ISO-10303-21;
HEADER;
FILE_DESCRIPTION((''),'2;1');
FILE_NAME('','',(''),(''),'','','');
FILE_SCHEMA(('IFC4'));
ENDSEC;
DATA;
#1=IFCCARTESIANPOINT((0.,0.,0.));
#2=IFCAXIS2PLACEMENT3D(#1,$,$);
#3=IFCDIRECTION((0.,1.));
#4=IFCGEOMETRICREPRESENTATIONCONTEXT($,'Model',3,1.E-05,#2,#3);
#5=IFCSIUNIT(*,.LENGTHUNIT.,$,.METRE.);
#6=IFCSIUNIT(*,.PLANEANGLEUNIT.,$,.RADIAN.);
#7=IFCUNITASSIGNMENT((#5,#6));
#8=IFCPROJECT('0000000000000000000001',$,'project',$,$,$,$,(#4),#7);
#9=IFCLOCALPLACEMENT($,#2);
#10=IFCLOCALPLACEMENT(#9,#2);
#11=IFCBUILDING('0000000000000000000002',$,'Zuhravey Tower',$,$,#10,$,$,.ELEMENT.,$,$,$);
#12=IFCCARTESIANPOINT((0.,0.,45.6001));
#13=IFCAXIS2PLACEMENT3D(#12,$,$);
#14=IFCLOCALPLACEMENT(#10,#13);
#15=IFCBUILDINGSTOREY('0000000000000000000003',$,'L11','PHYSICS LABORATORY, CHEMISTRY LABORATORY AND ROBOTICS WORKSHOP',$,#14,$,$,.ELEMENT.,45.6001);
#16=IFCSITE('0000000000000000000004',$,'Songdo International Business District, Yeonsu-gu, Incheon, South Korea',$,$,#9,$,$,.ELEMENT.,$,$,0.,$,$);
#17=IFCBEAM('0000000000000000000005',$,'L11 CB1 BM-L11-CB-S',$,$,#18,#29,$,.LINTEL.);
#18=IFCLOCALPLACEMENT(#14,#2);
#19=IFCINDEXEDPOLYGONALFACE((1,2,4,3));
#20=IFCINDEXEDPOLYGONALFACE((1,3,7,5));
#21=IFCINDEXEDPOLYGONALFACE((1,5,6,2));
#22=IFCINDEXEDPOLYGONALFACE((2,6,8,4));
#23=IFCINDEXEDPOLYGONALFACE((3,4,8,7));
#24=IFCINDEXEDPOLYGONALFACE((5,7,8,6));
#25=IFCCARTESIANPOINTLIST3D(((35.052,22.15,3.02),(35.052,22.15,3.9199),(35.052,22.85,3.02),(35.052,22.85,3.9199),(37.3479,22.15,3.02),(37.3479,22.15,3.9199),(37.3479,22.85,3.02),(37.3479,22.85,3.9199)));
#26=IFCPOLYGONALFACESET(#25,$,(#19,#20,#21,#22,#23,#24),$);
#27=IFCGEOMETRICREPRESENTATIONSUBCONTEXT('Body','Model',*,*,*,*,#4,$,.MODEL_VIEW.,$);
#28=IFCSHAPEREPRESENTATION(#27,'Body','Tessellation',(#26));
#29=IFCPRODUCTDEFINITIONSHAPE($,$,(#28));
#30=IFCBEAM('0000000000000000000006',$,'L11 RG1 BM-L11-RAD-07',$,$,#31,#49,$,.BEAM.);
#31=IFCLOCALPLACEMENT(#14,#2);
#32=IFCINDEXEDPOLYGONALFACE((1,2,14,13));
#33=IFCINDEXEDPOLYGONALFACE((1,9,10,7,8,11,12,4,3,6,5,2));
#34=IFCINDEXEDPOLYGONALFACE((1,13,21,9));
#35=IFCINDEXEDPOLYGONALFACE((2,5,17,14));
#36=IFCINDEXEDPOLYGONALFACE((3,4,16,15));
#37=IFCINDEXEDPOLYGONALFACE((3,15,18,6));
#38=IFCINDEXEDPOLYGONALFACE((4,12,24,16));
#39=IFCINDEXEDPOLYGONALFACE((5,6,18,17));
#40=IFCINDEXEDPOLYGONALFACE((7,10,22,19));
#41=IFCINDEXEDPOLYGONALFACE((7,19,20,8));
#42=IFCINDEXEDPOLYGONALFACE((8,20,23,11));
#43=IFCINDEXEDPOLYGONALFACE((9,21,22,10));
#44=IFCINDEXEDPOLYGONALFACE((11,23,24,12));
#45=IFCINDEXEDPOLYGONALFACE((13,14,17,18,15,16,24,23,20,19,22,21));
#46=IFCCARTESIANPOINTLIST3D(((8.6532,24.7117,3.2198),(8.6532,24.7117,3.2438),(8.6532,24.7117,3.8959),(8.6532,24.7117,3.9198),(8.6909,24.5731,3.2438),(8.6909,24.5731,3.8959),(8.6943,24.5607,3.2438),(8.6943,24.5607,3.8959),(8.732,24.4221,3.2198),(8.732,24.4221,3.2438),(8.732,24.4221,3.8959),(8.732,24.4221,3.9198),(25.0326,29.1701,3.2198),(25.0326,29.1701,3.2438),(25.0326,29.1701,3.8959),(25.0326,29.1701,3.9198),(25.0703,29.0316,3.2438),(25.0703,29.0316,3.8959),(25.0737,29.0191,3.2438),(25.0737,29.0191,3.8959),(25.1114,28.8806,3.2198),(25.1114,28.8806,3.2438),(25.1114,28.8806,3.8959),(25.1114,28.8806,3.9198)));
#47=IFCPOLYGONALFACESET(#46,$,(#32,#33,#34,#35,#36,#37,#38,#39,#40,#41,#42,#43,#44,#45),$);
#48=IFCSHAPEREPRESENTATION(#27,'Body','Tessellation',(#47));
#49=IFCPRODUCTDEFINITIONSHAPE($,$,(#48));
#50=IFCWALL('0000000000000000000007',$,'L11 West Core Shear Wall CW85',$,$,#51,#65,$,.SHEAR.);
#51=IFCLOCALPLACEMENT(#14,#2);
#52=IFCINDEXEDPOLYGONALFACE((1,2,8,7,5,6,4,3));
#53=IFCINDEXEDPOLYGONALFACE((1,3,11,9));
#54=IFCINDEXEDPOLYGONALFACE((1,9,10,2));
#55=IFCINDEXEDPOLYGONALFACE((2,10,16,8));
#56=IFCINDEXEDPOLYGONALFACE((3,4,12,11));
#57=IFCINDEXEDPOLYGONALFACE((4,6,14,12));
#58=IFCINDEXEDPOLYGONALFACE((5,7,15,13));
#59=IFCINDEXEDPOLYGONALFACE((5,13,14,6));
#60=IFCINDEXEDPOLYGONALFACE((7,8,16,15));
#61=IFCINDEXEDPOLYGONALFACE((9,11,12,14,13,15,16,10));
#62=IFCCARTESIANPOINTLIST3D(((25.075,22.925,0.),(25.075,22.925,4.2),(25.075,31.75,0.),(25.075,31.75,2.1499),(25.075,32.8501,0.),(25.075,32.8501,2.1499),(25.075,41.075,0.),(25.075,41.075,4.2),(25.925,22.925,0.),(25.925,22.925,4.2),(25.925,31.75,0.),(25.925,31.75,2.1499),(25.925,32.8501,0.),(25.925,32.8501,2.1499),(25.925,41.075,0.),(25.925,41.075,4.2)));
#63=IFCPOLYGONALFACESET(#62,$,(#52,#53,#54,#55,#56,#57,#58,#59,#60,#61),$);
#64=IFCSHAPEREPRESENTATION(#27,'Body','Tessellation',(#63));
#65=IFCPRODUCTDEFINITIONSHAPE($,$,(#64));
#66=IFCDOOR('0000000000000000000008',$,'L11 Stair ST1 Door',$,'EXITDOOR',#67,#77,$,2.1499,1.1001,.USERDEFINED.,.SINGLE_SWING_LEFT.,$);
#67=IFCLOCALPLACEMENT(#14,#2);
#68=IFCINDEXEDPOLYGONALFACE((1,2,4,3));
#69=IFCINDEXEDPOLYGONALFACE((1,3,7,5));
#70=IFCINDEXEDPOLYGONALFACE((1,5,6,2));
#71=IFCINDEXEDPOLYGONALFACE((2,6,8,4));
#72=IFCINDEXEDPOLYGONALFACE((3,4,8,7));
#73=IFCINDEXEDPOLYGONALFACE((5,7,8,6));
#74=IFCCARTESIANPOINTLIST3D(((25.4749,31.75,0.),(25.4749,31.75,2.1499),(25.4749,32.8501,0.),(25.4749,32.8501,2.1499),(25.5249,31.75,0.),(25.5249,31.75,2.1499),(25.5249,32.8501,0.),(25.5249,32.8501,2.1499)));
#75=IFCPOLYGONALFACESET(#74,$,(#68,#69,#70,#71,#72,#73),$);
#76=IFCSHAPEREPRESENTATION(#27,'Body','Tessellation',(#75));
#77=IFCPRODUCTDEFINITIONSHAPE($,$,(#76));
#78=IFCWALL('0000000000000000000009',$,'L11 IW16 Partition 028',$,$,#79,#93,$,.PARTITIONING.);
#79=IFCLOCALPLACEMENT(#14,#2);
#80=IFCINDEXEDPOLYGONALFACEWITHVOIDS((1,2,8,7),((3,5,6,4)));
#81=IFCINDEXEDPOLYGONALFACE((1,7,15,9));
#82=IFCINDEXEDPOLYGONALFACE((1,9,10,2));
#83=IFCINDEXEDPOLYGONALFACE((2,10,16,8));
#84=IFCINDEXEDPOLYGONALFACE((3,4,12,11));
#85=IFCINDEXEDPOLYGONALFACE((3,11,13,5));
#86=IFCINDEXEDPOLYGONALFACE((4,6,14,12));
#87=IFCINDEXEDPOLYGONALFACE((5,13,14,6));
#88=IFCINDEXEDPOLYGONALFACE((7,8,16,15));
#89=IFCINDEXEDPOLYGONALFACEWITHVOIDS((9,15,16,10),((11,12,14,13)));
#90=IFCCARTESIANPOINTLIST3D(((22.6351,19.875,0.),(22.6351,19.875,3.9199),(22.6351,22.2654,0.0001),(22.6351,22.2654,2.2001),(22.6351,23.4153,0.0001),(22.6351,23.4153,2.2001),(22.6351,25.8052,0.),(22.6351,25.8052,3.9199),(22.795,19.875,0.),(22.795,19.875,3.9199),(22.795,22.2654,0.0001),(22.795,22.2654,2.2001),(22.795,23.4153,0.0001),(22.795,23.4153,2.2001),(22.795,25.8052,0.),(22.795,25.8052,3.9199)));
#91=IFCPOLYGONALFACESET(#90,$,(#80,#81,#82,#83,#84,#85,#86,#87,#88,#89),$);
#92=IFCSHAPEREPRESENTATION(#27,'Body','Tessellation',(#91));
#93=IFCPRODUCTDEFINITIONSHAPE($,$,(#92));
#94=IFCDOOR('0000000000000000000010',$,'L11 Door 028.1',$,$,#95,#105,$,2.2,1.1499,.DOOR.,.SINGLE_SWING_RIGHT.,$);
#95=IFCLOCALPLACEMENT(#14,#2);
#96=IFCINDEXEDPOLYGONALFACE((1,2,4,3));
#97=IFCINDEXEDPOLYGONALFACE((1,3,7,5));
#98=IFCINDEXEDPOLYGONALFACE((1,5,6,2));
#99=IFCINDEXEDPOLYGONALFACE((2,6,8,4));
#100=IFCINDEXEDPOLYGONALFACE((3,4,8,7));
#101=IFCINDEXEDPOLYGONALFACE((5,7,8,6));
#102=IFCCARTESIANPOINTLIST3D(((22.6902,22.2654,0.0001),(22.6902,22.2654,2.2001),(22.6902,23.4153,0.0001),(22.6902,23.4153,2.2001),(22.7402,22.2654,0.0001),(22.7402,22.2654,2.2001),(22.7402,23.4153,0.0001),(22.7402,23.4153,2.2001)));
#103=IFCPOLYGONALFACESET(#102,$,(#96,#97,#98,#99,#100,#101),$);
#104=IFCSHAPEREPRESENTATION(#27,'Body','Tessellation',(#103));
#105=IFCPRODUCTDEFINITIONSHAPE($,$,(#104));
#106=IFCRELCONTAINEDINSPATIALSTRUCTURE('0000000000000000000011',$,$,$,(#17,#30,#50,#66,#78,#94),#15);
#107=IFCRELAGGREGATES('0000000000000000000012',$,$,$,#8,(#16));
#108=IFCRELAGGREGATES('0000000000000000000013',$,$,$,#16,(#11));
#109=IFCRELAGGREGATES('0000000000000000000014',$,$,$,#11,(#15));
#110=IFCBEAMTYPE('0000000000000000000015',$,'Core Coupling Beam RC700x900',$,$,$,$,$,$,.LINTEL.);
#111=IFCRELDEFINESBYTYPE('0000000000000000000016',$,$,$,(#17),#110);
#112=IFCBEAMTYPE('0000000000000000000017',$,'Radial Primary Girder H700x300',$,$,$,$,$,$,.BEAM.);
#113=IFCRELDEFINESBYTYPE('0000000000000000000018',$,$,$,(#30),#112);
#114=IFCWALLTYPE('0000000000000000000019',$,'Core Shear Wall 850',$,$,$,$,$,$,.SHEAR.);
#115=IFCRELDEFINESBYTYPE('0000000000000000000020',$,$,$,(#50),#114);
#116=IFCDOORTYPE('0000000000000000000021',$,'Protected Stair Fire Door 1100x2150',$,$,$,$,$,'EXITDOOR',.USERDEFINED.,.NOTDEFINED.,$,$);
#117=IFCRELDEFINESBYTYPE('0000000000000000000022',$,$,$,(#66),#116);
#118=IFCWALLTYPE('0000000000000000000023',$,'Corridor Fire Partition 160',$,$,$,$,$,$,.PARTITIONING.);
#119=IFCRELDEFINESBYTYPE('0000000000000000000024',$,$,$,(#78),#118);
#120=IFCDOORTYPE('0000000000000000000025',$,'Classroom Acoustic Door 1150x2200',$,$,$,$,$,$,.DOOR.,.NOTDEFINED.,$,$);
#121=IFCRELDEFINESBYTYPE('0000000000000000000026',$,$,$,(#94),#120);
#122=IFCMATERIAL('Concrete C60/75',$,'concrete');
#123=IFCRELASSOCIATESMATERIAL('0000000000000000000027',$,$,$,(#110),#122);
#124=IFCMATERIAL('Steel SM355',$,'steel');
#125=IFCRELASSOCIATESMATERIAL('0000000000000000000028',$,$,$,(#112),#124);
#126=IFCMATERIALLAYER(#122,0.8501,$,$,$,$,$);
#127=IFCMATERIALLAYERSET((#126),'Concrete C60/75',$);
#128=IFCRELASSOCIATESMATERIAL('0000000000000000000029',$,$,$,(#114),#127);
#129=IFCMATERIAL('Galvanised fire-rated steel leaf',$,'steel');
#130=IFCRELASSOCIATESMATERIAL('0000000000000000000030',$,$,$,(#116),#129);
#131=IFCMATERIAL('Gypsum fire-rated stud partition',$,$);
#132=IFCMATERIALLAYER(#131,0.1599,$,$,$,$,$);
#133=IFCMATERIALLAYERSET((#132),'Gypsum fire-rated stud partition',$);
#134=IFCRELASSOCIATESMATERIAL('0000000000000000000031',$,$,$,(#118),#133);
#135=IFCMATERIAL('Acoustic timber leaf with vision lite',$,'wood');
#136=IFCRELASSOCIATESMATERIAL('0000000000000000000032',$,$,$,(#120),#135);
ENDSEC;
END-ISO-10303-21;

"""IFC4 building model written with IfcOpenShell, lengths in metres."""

from ifc_helpers import new_model, si_unit, direction, frame, frame_2d, origin, origin_2d, place, context, subcontext, project, spatial, rectangle, i_section, extrude, material, layer, layer_set, material_profile, profile_set, type_object, element, fill, save


model = new_model("IFC4")

# Units and contexts
model_context = context("Model", 3, precision=1e-05, world=origin(), true_north=direction((0.0, 1.0)))
body_context = subcontext(model_context, "Body", "Model", "MODEL_VIEW")
ifc_project = project(units=[si_unit("LENGTHUNIT", "METRE"), si_unit("PLANEANGLEUNIT", "RADIAN")], contexts=[model_context])

# Site, building, storey
site_placement = place(None, origin())
site = spatial("IfcSite", under=ifc_project, at=site_placement, Name="Songdo International Business District, Yeonsu-gu, Incheon, South Korea", CompositionType="ELEMENT", RefElevation=0.0)
building_placement = place(site_placement, origin())
building = spatial("IfcBuilding", under=site, at=building_placement, Name="Zuhravey Tower", CompositionType="ELEMENT")
storey_placement = place(building_placement, frame((0.0, 0.0, 45.6001)))
storey = spatial("IfcBuildingStorey", under=building, at=storey_placement, Name="L11", Description="PHYSICS LABORATORY, CHEMISTRY LABORATORY AND ROBOTICS WORKSHOP", CompositionType="ELEMENT", Elevation=45.6001)

# Beams
ifc_material_1 = material(Name="Concrete C60/75", Category="concrete")
ifc_material_profile_1 = material_profile(ifc_material_1, rectangle(XDim=0.7, YDim=0.8999, at=origin_2d()), Name="RC-700x900")
ifc_profile_set_1 = profile_set([ifc_material_profile_1], Name="Concrete C60/75")
beam_type_1 = type_object("IfcBeamType", Name="Core Coupling Beam RC700x900", PredefinedType="LINTEL", material=ifc_profile_set_1)
beam_1_placement = place(storey_placement, frame((35.052, 22.5, 3.47), z_axis=(1.0, 0.0, 0.0), x_axis=(0.0, 1.0, 0.0)))
element("IfcBeam", 1, at=beam_1_placement, inside=storey, type_object=beam_type_1, Name="L11 CB1 BM-L11-CB-S", PredefinedType="LINTEL", context=body_context, shape_type="SweptSolid", body=[
    extrude(rectangle(XDim=0.7, YDim=0.8999, at=origin_2d()), origin(), (0.0, 0.0, 1.0), 2.2959),
])
ifc_material_2 = material(Name="Steel SM355", Category="steel")
ifc_material_profile_2 = material_profile(ifc_material_2, i_section(OverallWidth=0.3, OverallDepth=0.7, WebThickness=0.0129, FlangeThickness=0.0239, at=origin_2d()), Name="H-700x300x13x24")
ifc_profile_set_2 = profile_set([ifc_material_profile_2], Name="Steel SM355")
beam_type_2 = type_object("IfcBeamType", Name="Radial Primary Girder H700x300", PredefinedType="BEAM", material=ifc_profile_set_2)
beam_2_placement = place(storey_placement, frame((25.072, 29.0254, 3.5698), z_axis=(-0.964892, -0.262645, 0.0), x_axis=(0.262645, -0.964892, 0.0)))
element("IfcBeam", 2, at=beam_2_placement, inside=storey, type_object=beam_type_2, Name="L11 RG1 BM-L11-RAD-07", PredefinedType="BEAM", context=body_context, shape_type="SweptSolid", body=[
    extrude(i_section(OverallWidth=0.3, OverallDepth=0.7, WebThickness=0.0129, FlangeThickness=0.0239, at=origin_2d()), origin(), (0.0, 0.0, 1.0), 16.9753),
])

# Walls, openings, doors
ifc_layer_1 = layer(ifc_material_1, 0.8501)
ifc_layer_set_1 = layer_set([ifc_layer_1], Name="Concrete C60/75")
wall_type_1 = type_object("IfcWallType", Name="Core Shear Wall 850", PredefinedType="SHEAR", material=ifc_layer_set_1)
wall_1_placement = place(storey_placement, frame((25.5, 22.925, 0.0), z_axis=(0.0, 0.0, 1.0), x_axis=(0.0, 1.0, 0.0)))
wall_1 = element("IfcWall", 3, at=wall_1_placement, inside=storey, type_object=wall_type_1, Name="L11 West Core Shear Wall CW85", PredefinedType="SHEAR", context=body_context, shape_type="SweptSolid", body=[
    extrude(rectangle(XDim=18.1499, YDim=0.8501, at=frame_2d((9.075, 0.0))), origin(), (0.0, 0.0, 1.0), 4.2),
])
opening_1_placement = place(wall_1_placement, frame((8.825, 0.0, 0.0)))
opening_1 = element("IfcOpeningElement", 4, at=opening_1_placement, cuts=wall_1, PredefinedType="OPENING", context=body_context, shape_type="SweptSolid", body=[
    extrude(rectangle(XDim=1.1001, YDim=2.1499, at=frame_2d((0.55, 1.075))), frame((0.0, 0.437, 0.0), z_axis=(0.0, -1.0, 0.0), x_axis=(1.0, 0.0, 0.0)), (0.0, 0.0, 1.0), 0.874),
])
ifc_material_3 = material(Name="Galvanised fire-rated steel leaf", Category="steel")
door_type_1 = type_object("IfcDoorType", Name="Protected Stair Fire Door 1100x2150", ElementType="EXITDOOR", OperationType="NOTDEFINED", PredefinedType="USERDEFINED", material=ifc_material_3)
door_1_placement = place(opening_1_placement, frame((1.1001, 0.0, 0.0), z_axis=(0.0, 0.0, 1.0), x_axis=(-1.0, 0.0, 0.0)))
door_1 = element("IfcDoor", 5, at=door_1_placement, inside=storey, type_object=door_type_1, Name="L11 Stair ST1 Door", ObjectType="EXITDOOR", OperationType="SINGLE_SWING_LEFT", OverallHeight=2.1499, OverallWidth=1.1001, PredefinedType="USERDEFINED", context=body_context, shape_type="SweptSolid", body=[
    extrude(rectangle(XDim=1.1001, YDim=2.1499, at=frame_2d((0.55, 1.075))), frame((0.0, 0.0249, 0.0), z_axis=(0.0, -1.0, 0.0), x_axis=(1.0, 0.0, 0.0)), (0.0, 0.0, 1.0), 0.05),
])
fill(opening_1, door_1)
ifc_material_4 = material(Name="Gypsum fire-rated stud partition")
ifc_layer_2 = layer(ifc_material_4, 0.1599)
ifc_layer_set_2 = layer_set([ifc_layer_2], Name="Gypsum fire-rated stud partition")
wall_type_2 = type_object("IfcWallType", Name="Corridor Fire Partition 160", PredefinedType="PARTITIONING", material=ifc_layer_set_2)
wall_2_placement = place(storey_placement, frame((22.7151, 25.8052, 0.0), z_axis=(0.0, 0.0, 1.0), x_axis=(0.0, -1.0, 0.0)))
wall_2 = element("IfcWall", 6, at=wall_2_placement, inside=storey, type_object=wall_type_2, Name="L11 IW16 Partition 028", PredefinedType="PARTITIONING", context=body_context, shape_type="SweptSolid", body=[
    extrude(rectangle(XDim=5.9302, YDim=0.1599, at=frame_2d((2.9651, 0.0))), origin(), (0.0, 0.0, 1.0), 3.9199),
])
opening_2_placement = place(wall_2_placement, frame((2.3899, 0.0, 0.0)))
opening_2 = element("IfcOpeningElement", 7, at=opening_2_placement, cuts=wall_2, PredefinedType="OPENING", context=body_context, shape_type="SweptSolid", body=[
    extrude(rectangle(XDim=1.1499, YDim=2.2, at=frame_2d((0.575, 1.1001))), frame((0.0, 0.092, 0.0), z_axis=(0.0, -1.0, 0.0), x_axis=(1.0, 0.0, 0.0)), (0.0, 0.0, 1.0), 0.1838),
])
ifc_material_5 = material(Name="Acoustic timber leaf with vision lite", Category="wood")
door_type_2 = type_object("IfcDoorType", Name="Classroom Acoustic Door 1150x2200", OperationType="NOTDEFINED", PredefinedType="DOOR", material=ifc_material_5)
door_2_placement = place(opening_2_placement, frame((1.1499, 0.0, 0.0), z_axis=(0.0, 0.0, 1.0), x_axis=(-1.0, 0.0, 0.0)))
door_2 = element("IfcDoor", 8, at=door_2_placement, inside=storey, type_object=door_type_2, Name="L11 Door 028.1", OperationType="SINGLE_SWING_RIGHT", OverallHeight=2.2, OverallWidth=1.1499, PredefinedType="DOOR", context=body_context, shape_type="SweptSolid", body=[
    extrude(rectangle(XDim=1.1499, YDim=2.2, at=frame_2d((0.575, 1.1001))), frame((0.0, 0.0249, 0.0), z_axis=(0.0, -1.0, 0.0), x_axis=(1.0, 0.0, 0.0)), (0.0, 0.0, 1.0), 0.05),
])
fill(opening_2, door_2)

save(model, "model.ifc")
